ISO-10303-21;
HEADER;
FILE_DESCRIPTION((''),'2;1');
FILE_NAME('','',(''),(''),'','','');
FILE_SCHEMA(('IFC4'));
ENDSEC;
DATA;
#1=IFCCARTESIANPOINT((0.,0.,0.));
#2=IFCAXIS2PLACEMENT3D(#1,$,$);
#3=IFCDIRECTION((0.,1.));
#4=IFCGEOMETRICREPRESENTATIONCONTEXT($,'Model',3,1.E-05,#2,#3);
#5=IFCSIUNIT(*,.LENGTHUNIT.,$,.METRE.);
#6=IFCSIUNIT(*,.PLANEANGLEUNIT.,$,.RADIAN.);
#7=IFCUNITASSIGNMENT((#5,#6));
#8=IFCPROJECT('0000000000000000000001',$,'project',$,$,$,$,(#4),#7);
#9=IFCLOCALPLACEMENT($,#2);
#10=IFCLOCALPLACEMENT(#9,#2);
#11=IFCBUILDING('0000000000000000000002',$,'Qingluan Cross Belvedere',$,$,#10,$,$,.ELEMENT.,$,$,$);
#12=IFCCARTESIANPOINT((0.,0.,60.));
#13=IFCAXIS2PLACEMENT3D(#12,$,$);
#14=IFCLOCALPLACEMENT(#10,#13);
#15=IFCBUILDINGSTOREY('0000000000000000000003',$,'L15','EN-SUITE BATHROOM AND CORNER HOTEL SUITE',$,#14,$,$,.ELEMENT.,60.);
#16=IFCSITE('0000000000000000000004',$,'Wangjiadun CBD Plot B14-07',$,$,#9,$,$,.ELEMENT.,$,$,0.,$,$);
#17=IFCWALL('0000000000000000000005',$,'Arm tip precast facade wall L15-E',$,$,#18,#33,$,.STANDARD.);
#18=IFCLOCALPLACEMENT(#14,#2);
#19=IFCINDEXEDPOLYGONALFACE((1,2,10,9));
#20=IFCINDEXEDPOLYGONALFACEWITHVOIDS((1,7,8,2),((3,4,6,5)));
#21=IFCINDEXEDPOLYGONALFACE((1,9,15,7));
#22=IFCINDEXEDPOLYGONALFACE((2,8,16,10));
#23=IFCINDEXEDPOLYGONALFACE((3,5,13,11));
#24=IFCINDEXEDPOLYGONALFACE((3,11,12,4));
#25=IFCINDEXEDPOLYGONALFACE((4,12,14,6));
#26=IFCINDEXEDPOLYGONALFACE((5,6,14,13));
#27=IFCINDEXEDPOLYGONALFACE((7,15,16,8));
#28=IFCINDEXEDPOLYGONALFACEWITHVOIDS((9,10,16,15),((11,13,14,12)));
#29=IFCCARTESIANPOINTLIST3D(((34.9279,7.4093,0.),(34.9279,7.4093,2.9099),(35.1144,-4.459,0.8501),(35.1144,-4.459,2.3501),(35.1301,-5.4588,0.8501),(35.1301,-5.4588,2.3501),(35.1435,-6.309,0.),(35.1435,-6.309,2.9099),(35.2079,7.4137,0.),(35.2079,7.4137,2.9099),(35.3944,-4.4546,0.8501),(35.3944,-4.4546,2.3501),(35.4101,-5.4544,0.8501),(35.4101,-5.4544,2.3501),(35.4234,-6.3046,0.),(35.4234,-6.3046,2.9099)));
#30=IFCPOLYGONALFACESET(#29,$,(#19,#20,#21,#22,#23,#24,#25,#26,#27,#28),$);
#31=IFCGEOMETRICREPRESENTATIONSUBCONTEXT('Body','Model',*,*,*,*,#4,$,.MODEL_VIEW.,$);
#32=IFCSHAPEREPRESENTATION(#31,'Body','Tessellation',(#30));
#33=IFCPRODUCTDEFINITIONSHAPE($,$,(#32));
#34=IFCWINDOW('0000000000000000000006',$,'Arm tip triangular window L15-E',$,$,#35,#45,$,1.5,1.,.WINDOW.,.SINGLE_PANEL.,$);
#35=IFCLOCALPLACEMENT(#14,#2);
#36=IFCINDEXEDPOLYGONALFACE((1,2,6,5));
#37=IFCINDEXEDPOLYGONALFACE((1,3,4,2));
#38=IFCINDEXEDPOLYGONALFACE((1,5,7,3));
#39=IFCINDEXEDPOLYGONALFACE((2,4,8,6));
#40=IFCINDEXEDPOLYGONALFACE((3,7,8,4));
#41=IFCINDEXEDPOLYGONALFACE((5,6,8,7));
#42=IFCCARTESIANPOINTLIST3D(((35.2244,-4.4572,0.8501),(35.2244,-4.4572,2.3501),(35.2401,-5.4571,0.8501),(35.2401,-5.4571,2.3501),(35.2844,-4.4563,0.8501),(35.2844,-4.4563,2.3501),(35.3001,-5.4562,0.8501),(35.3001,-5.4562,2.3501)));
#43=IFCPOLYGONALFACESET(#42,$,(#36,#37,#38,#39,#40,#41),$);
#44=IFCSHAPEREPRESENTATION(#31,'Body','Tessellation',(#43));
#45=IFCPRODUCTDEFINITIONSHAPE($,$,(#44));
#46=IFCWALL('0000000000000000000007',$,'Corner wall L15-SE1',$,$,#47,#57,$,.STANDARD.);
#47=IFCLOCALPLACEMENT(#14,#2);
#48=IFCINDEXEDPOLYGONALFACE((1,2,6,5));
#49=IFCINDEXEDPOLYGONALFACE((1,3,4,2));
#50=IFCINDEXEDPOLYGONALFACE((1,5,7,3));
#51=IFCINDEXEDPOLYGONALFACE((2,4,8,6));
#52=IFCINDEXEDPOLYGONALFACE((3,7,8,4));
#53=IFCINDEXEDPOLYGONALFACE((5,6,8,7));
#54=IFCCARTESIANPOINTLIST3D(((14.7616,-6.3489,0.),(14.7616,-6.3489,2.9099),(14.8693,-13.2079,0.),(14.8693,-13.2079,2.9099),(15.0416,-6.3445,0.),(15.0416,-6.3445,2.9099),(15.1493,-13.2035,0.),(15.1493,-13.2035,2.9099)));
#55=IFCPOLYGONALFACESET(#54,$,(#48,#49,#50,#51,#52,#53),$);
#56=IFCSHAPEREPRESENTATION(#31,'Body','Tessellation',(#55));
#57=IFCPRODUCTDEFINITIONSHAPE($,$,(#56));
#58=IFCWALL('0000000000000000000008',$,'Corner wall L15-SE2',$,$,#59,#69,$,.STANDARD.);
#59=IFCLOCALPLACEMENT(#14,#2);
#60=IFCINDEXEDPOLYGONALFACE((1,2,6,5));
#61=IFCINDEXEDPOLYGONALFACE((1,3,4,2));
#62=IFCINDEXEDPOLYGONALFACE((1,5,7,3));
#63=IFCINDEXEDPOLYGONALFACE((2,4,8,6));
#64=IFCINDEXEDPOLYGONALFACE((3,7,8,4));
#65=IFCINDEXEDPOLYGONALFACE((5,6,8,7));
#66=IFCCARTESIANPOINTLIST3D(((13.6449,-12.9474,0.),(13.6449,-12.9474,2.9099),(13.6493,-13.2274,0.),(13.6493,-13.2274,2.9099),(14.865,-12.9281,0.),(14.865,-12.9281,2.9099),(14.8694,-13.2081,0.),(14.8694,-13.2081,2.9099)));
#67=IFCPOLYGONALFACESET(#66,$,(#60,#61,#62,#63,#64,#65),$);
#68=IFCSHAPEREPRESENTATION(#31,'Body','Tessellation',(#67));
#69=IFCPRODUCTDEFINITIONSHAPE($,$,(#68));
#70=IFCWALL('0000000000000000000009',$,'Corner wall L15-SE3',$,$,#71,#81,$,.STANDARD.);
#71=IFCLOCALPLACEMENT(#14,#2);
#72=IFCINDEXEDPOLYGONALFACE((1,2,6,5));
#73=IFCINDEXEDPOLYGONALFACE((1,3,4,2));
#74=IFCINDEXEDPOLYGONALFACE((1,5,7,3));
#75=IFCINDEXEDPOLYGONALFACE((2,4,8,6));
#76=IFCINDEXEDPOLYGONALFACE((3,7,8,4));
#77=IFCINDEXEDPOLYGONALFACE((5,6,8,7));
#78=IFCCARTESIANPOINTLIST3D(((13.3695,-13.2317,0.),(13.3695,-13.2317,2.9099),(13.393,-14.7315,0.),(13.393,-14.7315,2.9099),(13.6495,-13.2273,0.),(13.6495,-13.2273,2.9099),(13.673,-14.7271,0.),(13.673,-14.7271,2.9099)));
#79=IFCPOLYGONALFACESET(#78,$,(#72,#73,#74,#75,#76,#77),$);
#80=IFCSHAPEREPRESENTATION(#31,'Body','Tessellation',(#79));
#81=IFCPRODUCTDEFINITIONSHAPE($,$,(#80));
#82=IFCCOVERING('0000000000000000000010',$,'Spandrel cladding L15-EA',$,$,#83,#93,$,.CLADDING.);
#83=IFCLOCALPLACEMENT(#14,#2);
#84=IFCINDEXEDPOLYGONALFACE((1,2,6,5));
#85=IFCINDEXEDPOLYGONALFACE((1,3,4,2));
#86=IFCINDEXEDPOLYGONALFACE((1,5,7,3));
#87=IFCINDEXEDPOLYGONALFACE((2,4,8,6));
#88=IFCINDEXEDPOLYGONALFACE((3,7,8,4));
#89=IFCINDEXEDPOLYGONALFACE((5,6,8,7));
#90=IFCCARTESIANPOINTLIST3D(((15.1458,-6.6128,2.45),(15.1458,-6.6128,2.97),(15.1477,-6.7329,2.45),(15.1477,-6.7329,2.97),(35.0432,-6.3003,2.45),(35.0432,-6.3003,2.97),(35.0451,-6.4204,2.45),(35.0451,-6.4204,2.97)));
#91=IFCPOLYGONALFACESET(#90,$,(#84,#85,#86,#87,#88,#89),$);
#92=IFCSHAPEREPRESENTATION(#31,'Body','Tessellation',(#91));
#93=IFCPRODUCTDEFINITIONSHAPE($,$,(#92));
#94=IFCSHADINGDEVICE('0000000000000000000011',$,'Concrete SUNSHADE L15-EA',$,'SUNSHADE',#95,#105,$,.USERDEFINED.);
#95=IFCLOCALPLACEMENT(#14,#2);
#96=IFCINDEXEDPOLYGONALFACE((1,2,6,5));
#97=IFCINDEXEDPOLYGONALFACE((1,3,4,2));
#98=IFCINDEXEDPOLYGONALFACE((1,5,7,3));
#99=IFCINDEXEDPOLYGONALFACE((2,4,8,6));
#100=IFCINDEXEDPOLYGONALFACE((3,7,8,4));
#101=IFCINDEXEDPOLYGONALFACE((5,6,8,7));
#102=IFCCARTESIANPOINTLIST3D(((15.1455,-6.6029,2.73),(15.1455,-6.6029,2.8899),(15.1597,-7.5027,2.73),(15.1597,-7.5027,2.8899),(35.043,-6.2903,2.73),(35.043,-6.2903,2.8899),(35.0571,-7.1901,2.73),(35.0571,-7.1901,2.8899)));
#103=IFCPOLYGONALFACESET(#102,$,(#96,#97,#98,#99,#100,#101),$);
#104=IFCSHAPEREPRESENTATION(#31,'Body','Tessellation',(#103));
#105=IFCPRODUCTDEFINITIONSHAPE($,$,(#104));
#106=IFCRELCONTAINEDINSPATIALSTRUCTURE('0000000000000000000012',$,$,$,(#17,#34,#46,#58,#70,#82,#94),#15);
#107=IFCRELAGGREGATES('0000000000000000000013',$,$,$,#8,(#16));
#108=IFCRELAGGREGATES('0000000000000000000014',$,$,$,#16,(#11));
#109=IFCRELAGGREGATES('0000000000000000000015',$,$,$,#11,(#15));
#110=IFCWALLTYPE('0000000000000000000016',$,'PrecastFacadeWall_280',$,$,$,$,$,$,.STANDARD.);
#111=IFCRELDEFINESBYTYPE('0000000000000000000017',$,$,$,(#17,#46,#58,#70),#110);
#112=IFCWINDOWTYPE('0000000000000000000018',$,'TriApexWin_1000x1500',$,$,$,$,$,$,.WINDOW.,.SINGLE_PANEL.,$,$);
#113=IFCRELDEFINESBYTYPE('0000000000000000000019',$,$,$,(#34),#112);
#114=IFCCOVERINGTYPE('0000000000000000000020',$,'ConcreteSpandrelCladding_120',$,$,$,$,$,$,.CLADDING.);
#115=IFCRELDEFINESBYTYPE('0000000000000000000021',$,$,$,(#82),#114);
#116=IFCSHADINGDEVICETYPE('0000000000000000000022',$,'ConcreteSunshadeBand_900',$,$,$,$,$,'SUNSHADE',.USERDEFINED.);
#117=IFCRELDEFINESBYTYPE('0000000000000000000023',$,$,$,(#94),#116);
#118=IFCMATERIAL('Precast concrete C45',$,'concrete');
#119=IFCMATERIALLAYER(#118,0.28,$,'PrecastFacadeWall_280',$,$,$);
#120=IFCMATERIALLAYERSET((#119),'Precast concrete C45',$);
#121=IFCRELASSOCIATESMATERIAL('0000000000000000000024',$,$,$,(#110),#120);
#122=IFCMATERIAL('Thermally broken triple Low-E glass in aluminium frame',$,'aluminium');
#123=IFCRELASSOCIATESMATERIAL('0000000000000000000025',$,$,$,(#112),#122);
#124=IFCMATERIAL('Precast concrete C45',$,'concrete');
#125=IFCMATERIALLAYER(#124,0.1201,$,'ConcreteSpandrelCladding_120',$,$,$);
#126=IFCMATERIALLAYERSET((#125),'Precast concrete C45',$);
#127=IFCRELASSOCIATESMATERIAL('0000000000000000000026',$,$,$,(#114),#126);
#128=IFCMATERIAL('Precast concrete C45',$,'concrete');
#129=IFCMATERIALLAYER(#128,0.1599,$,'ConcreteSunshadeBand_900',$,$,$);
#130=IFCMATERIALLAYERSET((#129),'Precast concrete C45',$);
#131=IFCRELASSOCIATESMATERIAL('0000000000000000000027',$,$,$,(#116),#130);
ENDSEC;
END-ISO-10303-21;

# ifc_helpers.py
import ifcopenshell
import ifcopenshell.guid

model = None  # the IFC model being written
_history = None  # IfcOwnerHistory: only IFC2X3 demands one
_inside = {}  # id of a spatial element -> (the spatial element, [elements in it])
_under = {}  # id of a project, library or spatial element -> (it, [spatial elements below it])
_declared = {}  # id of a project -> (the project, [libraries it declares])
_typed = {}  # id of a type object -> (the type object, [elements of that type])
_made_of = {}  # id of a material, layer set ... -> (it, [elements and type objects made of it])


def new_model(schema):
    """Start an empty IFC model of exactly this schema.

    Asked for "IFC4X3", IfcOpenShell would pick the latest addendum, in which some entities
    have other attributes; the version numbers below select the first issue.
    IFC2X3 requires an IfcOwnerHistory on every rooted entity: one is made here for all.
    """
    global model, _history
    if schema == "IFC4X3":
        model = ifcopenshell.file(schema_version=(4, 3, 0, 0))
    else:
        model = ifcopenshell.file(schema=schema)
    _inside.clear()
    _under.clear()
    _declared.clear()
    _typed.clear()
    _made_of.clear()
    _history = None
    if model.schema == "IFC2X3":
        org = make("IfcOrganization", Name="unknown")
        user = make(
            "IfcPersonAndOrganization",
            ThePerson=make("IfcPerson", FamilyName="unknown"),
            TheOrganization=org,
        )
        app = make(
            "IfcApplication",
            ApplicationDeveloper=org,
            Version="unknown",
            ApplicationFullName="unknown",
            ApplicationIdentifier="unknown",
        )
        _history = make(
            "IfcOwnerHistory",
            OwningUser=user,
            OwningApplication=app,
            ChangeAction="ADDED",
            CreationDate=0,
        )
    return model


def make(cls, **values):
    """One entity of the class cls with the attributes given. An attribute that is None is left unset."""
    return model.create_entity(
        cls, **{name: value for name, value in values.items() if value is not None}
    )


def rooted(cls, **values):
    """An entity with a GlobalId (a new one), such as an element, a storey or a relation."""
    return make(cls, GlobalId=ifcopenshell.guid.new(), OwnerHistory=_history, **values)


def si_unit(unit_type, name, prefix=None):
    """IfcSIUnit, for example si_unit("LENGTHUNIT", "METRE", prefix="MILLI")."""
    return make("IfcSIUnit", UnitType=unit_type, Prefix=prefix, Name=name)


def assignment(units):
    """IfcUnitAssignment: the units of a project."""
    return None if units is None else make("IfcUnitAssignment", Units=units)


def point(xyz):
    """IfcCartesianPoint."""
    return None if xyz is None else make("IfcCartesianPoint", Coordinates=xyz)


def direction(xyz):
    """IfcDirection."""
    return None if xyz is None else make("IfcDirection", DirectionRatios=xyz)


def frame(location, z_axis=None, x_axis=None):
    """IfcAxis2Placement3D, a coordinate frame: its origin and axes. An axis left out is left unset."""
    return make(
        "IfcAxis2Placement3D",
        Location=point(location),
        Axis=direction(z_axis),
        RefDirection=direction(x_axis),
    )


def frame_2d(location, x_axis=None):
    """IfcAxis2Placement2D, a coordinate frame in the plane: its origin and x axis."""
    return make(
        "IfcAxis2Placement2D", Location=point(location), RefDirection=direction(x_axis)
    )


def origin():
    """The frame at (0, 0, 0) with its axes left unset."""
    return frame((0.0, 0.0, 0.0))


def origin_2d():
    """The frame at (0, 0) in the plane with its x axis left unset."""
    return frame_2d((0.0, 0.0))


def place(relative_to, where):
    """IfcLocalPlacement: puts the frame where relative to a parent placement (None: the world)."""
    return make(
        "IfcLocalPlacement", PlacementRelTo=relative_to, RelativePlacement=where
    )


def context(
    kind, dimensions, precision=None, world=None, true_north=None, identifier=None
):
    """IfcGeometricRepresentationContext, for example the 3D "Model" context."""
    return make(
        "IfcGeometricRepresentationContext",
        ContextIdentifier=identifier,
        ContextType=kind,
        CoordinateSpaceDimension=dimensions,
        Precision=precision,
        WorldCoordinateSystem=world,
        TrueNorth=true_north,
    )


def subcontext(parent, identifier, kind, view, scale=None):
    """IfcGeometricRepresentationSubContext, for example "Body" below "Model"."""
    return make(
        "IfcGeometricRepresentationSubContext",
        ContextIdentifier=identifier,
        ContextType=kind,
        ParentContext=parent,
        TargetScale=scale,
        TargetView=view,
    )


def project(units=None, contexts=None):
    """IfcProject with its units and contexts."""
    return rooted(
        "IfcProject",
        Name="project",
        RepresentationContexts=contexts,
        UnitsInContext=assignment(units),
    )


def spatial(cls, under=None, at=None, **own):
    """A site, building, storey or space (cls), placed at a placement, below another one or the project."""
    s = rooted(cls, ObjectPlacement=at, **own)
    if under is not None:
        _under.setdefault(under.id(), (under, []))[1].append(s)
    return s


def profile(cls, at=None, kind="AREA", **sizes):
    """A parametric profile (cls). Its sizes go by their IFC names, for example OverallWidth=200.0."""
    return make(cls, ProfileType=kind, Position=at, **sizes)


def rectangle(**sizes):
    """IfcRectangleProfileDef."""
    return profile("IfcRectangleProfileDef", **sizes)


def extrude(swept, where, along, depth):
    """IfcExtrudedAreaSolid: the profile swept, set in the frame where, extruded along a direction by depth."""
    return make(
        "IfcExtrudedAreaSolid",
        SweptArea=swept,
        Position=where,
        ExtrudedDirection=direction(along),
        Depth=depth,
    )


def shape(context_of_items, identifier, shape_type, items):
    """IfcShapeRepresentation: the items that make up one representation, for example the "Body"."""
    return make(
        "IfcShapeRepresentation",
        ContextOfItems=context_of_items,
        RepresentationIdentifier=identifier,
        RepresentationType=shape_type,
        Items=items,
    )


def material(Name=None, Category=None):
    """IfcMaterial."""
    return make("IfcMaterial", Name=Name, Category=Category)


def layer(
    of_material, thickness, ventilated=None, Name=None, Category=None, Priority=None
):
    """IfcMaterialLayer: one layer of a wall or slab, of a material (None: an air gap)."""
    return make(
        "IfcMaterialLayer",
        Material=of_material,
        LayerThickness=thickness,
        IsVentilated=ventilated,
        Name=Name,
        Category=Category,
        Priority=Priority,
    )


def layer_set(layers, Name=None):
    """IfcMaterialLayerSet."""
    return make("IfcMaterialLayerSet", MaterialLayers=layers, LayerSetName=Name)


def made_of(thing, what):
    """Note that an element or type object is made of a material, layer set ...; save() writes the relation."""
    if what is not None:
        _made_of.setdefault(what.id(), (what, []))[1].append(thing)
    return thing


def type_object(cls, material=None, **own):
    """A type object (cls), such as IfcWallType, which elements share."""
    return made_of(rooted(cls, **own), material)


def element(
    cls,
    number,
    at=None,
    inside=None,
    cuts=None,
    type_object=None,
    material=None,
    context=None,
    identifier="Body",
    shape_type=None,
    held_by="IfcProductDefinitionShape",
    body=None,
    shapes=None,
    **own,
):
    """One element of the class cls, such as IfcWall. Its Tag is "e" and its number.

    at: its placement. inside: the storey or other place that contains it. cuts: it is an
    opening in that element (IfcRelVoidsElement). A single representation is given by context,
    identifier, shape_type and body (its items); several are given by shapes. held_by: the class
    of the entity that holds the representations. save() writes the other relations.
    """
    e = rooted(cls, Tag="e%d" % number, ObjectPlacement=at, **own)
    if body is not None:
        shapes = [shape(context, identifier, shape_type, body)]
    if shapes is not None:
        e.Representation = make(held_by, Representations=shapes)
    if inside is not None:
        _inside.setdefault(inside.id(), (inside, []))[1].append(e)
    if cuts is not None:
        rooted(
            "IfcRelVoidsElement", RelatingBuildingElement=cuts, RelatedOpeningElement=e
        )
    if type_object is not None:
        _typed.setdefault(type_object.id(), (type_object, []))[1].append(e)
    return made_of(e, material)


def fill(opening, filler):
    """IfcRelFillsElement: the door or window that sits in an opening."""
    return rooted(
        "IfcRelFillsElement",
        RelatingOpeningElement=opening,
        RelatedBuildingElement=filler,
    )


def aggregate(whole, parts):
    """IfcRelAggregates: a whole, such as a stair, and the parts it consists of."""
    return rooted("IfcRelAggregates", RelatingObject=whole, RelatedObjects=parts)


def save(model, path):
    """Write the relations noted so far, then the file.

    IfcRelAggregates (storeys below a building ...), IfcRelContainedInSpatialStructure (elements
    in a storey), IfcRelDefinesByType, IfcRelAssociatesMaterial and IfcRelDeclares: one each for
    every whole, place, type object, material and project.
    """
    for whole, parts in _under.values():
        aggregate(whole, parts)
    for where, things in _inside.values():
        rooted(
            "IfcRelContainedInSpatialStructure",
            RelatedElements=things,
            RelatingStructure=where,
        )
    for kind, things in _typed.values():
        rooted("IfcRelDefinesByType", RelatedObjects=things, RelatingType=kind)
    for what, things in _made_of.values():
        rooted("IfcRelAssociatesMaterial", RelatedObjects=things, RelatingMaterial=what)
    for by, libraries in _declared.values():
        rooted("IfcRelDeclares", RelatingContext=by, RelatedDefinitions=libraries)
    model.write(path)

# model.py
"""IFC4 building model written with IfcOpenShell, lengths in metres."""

from ifc_helpers import new_model, si_unit, direction, frame, frame_2d, origin, origin_2d, place, context, subcontext, project, spatial, rectangle, extrude, material, layer, layer_set, type_object, element, fill, save


model = new_model("IFC4")

# Units and contexts
model_context = context("Model", 3, precision=1e-05, world=origin(), true_north=direction((0.0, 1.0)))
body_context = subcontext(model_context, "Body", "Model", "MODEL_VIEW")
ifc_project = project(units=[si_unit("LENGTHUNIT", "METRE"), si_unit("PLANEANGLEUNIT", "RADIAN")], contexts=[model_context])

# Site, building, storey
site_placement = place(None, origin())
site = spatial("IfcSite", under=ifc_project, at=site_placement, Name="Wangjiadun CBD Plot B14-07", CompositionType="ELEMENT", RefElevation=0.0)
building_placement = place(site_placement, origin())
building = spatial("IfcBuilding", under=site, at=building_placement, Name="Qingluan Cross Belvedere", CompositionType="ELEMENT")
storey_placement = place(building_placement, frame((0.0, 0.0, 60.0)))
storey = spatial("IfcBuildingStorey", under=building, at=storey_placement, Name="L15", Description="EN-SUITE BATHROOM AND CORNER HOTEL SUITE", CompositionType="ELEMENT", Elevation=60.0)

# Shared definitions
ifc_material_1 = material(Name="Precast concrete C45", Category="concrete")
ifc_layer_1 = layer(ifc_material_1, 0.28, Name="PrecastFacadeWall_280")
ifc_layer_set_1 = layer_set([ifc_layer_1], Name="Precast concrete C45")
wall_type_1 = type_object("IfcWallType", Name="PrecastFacadeWall_280", PredefinedType="STANDARD", material=ifc_layer_set_1)

# Wall, opening, window
wall_1_placement = place(storey_placement, frame((35.2834, -6.3066, 0.0), z_axis=(0.0, 0.0, 1.0), x_axis=(-0.015713, 0.999877, 0.0)))
wall_1 = element("IfcWall", 1, at=wall_1_placement, inside=storey, type_object=wall_type_1, Name="Arm tip precast facade wall L15-E", PredefinedType="STANDARD", context=body_context, shape_type="SweptSolid", body=[
    extrude(rectangle(XDim=13.72, YDim=0.28, at=frame_2d((6.8599, 0.0))), origin(), (0.0, 0.0, 1.0), 2.9099),
])
opening_1_placement = place(wall_1_placement, frame((0.8501, 0.0, 0.8501)))
opening_1 = element("IfcOpeningElement", 2, at=opening_1_placement, cuts=wall_1, PredefinedType="OPENING", context=body_context, shape_type="SweptSolid", body=[
    extrude(rectangle(XDim=1.0, YDim=1.5, at=frame_2d((0.5, 0.75))), frame((0.0, 0.1499, 0.0), z_axis=(0.0, -1.0, 0.0), x_axis=(1.0, 0.0, 0.0)), (0.0, 0.0, 1.0), 0.3),
])
ifc_material_2 = material(Name="Thermally broken triple Low-E glass in aluminium frame", Category="aluminium")
window_type_1 = type_object("IfcWindowType", Name="TriApexWin_1000x1500", PartitioningType="SINGLE_PANEL", PredefinedType="WINDOW", material=ifc_material_2)
window_1_placement = place(opening_1_placement, origin())
window_1 = element("IfcWindow", 3, at=window_1_placement, inside=storey, type_object=window_type_1, Name="Arm tip triangular window L15-E", OverallHeight=1.5, OverallWidth=1.0, PartitioningType="SINGLE_PANEL", PredefinedType="WINDOW", context=body_context, shape_type="SweptSolid", body=[
    extrude(rectangle(XDim=1.0, YDim=1.5, at=frame_2d((0.5, 0.75))), frame((0.0, 0.03, 0.0), z_axis=(0.0, -1.0, 0.0), x_axis=(1.0, 0.0, 0.0)), (0.0, 0.0, 1.0), 0.0601),
])
fill(opening_1, window_1)

# Walls
wall_2_placement = place(storey_placement, frame((14.9016, -6.3467, 0.0), z_axis=(0.0, 0.0, 1.0), x_axis=(0.015695, -0.999877, 0.0)))
element("IfcWall", 4, at=wall_2_placement, inside=storey, type_object=wall_type_1, Name="Corner wall L15-SE1", PredefinedType="STANDARD", context=body_context, shape_type="SweptSolid", body=[
    extrude(rectangle(XDim=6.8599, YDim=0.28, at=frame_2d((3.4299, 0.0))), origin(), (0.0, 0.0, 1.0), 2.9099),
])
wall_3_placement = place(storey_placement, frame((14.8672, -13.0681, 0.0), z_axis=(0.0, 0.0, 1.0), x_axis=(-0.999875, -0.015808, 0.0)))
element("IfcWall", 5, at=wall_3_placement, inside=storey, type_object=wall_type_1, Name="Corner wall L15-SE2", PredefinedType="STANDARD", context=body_context, shape_type="SweptSolid", body=[
    extrude(rectangle(XDim=1.2202, YDim=0.28, at=frame_2d((0.6101, 0.0))), origin(), (0.0, 0.0, 1.0), 2.9099),
])
wall_4_placement = place(storey_placement, frame((13.5095, -13.2295, 0.0), z_axis=(0.0, 0.0, 1.0), x_axis=(0.015626, -0.999878, 0.0)))
element("IfcWall", 6, at=wall_4_placement, inside=storey, type_object=wall_type_1, Name="Corner wall L15-SE3", PredefinedType="STANDARD", context=body_context, shape_type="SweptSolid", body=[
    extrude(rectangle(XDim=1.5, YDim=0.28, at=frame_2d((0.75, 0.0))), origin(), (0.0, 0.0, 1.0), 2.9099),
])

# Covering
ifc_material_3 = material(Name="Precast concrete C45", Category="concrete")
ifc_layer_2 = layer(ifc_material_3, 0.1201, Name="ConcreteSpandrelCladding_120")
ifc_layer_set_2 = layer_set([ifc_layer_2], Name="Precast concrete C45")
covering_type = type_object("IfcCoveringType", Name="ConcreteSpandrelCladding_120", PredefinedType="CLADDING", material=ifc_layer_set_2)
covering_placement = place(storey_placement, frame((25.0955, -6.5166, 2.45), z_axis=(0.0, 0.0, 1.0), x_axis=(0.999877, 0.015706, 0.0)))
element("IfcCovering", 7, at=covering_placement, inside=storey, type_object=covering_type, Name="Spandrel cladding L15-EA", PredefinedType="CLADDING", context=body_context, shape_type="SweptSolid", body=[
    extrude(rectangle(XDim=19.8999, YDim=0.1201, at=origin_2d()), origin(), (0.0, 0.0, 1.0), 0.52),
])

# Shading device
ifc_material_4 = material(Name="Precast concrete C45", Category="concrete")
ifc_layer_3 = layer(ifc_material_4, 0.1599, Name="ConcreteSunshadeBand_900")
ifc_layer_set_3 = layer_set([ifc_layer_3], Name="Precast concrete C45")
shading_device_type = type_object("IfcShadingDeviceType", Name="ConcreteSunshadeBand_900", ElementType="SUNSHADE", PredefinedType="USERDEFINED", material=ifc_layer_set_3)
shading_device_placement = place(storey_placement, frame((25.1013, -6.8965, 2.73), z_axis=(0.0, 0.0, 1.0), x_axis=(0.999877, 0.015706, 0.0)))
element("IfcShadingDevice", 8, at=shading_device_placement, inside=storey, type_object=shading_device_type, Name="Concrete SUNSHADE L15-EA", ObjectType="SUNSHADE", PredefinedType="USERDEFINED", context=body_context, shape_type="SweptSolid", body=[
    extrude(rectangle(XDim=19.8999, YDim=0.8999, at=origin_2d()), origin(), (0.0, 0.0, 1.0), 0.1599),
])

save(model, "model.ifc")
